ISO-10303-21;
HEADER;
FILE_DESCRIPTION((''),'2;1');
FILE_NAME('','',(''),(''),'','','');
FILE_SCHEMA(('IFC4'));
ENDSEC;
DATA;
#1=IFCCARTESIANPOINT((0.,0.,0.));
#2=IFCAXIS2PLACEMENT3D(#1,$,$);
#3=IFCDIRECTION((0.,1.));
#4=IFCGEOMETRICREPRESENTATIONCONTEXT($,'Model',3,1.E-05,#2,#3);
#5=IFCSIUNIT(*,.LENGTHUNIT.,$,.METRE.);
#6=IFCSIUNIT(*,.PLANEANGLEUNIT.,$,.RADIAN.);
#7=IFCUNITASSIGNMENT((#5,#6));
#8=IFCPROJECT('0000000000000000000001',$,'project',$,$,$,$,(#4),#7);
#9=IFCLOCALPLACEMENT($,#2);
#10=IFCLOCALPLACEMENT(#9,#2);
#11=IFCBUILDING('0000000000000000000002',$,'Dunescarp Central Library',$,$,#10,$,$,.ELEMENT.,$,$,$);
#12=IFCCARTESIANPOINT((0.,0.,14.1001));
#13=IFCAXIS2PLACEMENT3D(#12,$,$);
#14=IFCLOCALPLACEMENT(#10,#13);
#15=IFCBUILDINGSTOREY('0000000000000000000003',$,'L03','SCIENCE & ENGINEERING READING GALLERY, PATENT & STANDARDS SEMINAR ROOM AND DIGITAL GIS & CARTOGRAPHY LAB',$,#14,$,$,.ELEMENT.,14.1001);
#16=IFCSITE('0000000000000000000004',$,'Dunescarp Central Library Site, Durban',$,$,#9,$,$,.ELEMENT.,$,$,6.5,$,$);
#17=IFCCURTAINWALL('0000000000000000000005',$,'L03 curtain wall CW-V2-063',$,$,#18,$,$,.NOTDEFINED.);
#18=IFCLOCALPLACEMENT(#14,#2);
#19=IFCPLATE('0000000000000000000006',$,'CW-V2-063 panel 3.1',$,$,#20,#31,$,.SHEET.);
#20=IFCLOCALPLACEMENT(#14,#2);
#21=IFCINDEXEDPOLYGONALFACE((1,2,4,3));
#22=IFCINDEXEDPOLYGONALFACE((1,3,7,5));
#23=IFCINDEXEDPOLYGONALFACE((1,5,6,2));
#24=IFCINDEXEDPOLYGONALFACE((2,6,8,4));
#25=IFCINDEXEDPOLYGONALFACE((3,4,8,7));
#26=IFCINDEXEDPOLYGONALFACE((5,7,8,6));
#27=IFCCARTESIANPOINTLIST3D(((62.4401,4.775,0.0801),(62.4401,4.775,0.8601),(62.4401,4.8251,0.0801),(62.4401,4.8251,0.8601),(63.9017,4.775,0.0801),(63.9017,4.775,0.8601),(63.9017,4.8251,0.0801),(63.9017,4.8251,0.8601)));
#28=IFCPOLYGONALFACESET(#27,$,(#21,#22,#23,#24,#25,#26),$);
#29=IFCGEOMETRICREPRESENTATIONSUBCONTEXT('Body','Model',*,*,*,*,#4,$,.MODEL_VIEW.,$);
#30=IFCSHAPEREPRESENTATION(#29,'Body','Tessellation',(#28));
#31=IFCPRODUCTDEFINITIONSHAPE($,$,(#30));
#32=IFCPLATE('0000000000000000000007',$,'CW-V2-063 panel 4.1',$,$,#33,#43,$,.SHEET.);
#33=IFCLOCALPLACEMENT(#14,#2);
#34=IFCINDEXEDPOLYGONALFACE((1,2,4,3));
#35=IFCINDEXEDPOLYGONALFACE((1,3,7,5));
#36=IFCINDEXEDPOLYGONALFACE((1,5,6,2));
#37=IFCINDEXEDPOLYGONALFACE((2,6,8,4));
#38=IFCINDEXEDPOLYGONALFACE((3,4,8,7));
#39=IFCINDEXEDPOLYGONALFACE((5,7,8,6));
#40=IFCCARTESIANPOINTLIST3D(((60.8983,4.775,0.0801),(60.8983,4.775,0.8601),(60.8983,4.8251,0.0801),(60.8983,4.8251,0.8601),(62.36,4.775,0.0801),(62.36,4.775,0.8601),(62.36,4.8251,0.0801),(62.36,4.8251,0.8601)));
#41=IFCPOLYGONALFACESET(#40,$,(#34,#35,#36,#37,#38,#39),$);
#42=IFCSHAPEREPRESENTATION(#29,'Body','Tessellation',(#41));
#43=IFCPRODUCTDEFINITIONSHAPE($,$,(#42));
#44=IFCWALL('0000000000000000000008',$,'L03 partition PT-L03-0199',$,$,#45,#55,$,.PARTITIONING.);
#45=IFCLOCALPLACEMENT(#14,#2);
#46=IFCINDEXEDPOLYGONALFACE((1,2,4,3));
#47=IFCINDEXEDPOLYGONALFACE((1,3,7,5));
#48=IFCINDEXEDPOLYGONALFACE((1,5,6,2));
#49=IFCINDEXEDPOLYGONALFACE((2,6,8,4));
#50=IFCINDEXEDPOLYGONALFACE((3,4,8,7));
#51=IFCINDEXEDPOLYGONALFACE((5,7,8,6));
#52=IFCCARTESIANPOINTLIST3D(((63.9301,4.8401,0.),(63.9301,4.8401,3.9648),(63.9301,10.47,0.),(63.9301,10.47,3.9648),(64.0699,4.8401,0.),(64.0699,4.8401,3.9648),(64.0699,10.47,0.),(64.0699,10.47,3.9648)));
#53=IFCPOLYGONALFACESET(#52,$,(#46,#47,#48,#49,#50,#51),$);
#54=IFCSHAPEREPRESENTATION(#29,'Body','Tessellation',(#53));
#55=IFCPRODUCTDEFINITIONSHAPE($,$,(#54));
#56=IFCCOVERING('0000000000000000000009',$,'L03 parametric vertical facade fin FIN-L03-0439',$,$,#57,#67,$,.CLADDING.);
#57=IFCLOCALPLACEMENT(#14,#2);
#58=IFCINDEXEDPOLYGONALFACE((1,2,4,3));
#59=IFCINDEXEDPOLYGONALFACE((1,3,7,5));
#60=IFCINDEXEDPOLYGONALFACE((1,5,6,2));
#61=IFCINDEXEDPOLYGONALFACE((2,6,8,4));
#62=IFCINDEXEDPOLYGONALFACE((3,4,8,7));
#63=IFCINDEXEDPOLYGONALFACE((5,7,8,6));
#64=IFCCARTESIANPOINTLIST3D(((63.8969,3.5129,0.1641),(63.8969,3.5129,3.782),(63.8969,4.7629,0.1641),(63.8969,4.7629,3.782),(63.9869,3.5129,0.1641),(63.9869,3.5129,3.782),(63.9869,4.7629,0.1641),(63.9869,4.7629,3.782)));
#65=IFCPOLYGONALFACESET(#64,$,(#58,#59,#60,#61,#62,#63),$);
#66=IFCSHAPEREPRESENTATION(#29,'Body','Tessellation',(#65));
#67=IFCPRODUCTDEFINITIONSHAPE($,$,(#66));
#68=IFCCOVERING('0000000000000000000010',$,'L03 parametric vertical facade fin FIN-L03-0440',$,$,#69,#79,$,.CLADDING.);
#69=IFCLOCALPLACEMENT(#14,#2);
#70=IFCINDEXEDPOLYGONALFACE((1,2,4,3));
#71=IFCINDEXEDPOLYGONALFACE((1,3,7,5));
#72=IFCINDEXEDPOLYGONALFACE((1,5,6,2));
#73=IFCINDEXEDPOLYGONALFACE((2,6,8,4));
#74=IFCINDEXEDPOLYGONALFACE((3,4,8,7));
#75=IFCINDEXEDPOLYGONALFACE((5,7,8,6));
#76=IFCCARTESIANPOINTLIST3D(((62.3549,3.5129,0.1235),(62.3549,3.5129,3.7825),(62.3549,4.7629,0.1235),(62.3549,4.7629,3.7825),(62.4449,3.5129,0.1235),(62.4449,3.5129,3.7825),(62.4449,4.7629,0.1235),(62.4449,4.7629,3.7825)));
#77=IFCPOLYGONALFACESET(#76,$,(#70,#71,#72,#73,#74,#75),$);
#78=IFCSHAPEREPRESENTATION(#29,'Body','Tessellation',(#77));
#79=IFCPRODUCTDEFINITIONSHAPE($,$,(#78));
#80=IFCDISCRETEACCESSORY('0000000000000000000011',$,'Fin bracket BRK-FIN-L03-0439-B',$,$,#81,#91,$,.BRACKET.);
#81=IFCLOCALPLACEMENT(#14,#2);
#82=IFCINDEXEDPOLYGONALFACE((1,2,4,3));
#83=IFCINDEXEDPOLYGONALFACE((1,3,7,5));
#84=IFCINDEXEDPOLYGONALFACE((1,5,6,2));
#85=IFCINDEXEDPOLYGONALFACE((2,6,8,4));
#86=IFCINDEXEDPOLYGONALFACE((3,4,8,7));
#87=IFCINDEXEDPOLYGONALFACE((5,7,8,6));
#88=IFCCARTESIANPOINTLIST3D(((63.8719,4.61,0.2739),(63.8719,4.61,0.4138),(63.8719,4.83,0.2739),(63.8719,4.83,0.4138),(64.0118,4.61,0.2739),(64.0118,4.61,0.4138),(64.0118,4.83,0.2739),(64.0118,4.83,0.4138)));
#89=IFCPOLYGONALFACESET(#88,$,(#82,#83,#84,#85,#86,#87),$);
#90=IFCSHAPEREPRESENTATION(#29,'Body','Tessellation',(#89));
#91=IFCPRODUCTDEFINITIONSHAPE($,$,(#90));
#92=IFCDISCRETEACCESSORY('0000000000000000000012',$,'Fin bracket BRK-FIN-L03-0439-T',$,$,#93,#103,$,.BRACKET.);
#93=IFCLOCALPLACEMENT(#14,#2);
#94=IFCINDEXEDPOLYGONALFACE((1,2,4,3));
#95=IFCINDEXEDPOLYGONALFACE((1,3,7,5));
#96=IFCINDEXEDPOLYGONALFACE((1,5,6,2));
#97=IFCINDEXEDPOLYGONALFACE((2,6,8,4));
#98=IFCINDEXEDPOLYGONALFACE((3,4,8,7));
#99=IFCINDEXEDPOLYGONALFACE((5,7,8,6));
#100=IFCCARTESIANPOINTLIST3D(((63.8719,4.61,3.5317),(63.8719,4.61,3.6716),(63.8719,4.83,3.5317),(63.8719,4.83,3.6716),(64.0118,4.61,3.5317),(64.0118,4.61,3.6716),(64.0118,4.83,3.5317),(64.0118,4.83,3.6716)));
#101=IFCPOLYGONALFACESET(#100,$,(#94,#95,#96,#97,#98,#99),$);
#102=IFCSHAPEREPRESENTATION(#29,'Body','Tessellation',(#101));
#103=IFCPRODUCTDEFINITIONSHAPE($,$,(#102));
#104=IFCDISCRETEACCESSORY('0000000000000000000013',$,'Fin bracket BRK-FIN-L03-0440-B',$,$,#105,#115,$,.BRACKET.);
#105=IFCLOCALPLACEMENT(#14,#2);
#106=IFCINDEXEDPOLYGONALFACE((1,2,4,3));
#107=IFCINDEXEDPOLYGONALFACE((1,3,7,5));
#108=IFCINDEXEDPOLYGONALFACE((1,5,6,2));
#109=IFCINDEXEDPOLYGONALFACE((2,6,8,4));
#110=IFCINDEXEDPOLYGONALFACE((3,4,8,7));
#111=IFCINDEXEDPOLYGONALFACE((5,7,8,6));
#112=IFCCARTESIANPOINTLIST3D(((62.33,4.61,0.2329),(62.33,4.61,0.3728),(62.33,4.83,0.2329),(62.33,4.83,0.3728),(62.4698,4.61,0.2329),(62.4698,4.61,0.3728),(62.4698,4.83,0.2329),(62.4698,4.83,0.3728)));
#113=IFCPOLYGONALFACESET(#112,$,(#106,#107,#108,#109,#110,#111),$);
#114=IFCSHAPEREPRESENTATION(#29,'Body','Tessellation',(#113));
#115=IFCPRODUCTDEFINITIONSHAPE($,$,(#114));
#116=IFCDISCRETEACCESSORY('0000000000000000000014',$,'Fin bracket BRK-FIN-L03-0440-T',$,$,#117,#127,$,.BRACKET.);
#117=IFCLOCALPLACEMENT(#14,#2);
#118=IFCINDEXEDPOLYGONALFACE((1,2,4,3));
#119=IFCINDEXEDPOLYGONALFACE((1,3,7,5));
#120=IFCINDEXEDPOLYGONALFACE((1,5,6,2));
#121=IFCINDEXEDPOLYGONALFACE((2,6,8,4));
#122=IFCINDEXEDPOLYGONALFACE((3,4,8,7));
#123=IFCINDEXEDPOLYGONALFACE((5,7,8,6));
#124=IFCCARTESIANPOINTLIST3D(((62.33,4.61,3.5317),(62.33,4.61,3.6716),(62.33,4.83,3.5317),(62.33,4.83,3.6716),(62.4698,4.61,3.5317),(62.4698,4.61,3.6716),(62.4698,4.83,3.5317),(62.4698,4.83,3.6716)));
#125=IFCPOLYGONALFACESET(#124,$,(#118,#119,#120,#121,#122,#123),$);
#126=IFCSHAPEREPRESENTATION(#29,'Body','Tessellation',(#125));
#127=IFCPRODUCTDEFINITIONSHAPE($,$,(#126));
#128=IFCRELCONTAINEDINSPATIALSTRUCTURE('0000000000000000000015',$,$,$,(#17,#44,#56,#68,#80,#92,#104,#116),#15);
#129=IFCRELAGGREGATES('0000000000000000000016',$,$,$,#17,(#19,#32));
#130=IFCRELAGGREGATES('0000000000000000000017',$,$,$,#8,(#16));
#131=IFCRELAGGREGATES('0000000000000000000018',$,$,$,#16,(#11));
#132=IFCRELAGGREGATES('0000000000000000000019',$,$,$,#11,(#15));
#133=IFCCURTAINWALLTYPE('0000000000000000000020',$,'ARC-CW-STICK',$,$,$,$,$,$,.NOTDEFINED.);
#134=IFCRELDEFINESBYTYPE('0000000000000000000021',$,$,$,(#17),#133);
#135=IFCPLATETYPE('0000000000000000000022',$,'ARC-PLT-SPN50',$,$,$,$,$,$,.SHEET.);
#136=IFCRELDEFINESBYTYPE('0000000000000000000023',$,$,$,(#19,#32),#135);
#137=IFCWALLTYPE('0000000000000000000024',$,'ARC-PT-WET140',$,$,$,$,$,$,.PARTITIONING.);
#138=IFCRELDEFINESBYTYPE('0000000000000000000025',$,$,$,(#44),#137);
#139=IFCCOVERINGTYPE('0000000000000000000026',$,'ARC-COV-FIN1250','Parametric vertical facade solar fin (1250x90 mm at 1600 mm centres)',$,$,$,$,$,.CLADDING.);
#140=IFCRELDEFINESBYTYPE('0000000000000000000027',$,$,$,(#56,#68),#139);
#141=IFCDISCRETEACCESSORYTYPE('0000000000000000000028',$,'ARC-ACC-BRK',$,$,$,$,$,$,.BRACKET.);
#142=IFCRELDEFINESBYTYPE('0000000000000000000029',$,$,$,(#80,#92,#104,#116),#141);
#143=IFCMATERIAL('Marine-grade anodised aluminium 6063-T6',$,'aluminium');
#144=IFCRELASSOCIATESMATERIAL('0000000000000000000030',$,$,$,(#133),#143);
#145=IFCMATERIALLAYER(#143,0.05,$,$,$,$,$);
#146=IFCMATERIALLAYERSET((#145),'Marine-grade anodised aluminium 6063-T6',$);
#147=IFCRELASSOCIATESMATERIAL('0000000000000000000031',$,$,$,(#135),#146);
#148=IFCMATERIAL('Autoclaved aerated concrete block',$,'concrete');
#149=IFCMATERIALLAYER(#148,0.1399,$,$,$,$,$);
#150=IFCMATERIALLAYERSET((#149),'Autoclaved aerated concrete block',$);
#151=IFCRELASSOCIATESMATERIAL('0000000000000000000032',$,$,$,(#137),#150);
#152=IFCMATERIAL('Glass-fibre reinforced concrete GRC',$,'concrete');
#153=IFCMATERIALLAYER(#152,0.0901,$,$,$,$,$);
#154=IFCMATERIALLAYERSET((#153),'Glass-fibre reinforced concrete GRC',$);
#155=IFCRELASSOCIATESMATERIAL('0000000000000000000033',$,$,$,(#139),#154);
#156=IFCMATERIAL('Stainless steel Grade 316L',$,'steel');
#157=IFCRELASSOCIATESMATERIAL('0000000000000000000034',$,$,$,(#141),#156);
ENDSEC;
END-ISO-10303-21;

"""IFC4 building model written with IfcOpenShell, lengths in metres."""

from ifc_helpers import new_model, si_unit, direction, frame, frame_2d, origin, origin_2d, place, context, subcontext, project, spatial, rectangle, extrude, material, layer, layer_set, type_object, element, aggregate, save


model = new_model("IFC4")

# Units and contexts
model_context = context("Model", 3, precision=1e-05, world=origin(), true_north=direction((0.0, 1.0)))
body_context = subcontext(model_context, "Body", "Model", "MODEL_VIEW")
ifc_project = project(units=[si_unit("LENGTHUNIT", "METRE"), si_unit("PLANEANGLEUNIT", "RADIAN")], contexts=[model_context])

# Site, building, storey
site_placement = place(None, origin())
site = spatial("IfcSite", under=ifc_project, at=site_placement, Name="Dunescarp Central Library Site, Durban", CompositionType="ELEMENT", RefElevation=6.5)
building_placement = place(site_placement, origin())
building = spatial("IfcBuilding", under=site, at=building_placement, Name="Dunescarp Central Library", CompositionType="ELEMENT")
storey_placement = place(building_placement, frame((0.0, 0.0, 14.1001)))
storey = spatial("IfcBuildingStorey", under=building, at=storey_placement, Name="L03", Description="SCIENCE & ENGINEERING READING GALLERY, PATENT & STANDARDS SEMINAR ROOM AND DIGITAL GIS & CARTOGRAPHY LAB", CompositionType="ELEMENT", Elevation=14.1001)

# Curtain wall
ifc_material_1 = material(Name="Marine-grade anodised aluminium 6063-T6", Category="aluminium")
curtain_wall_type = type_object("IfcCurtainWallType", Name="ARC-CW-STICK", PredefinedType="NOTDEFINED", material=ifc_material_1)
curtain_wall_placement = place(storey_placement, origin())
curtain_wall = element("IfcCurtainWall", 1, at=curtain_wall_placement, inside=storey, type_object=curtain_wall_type, Name="L03 curtain wall CW-V2-063", PredefinedType="NOTDEFINED")

# Plates
ifc_layer_1 = layer(ifc_material_1, 0.05)
ifc_layer_set_1 = layer_set([ifc_layer_1], Name="Marine-grade anodised aluminium 6063-T6")
plate_type_1 = type_object("IfcPlateType", Name="ARC-PLT-SPN50", PredefinedType="SHEET", material=ifc_layer_set_1)
plate_1_placement = place(storey_placement, frame((63.1709, 4.8, 0.0801), z_axis=(0.0, 0.0, 1.0), x_axis=(-1.0, 0.0, 0.0)))
plate_1 = element("IfcPlate", 2, at=plate_1_placement, type_object=plate_type_1, Name="CW-V2-063 panel 3.1", PredefinedType="SHEET", context=body_context, shape_type="SweptSolid", body=[
    extrude(rectangle(XDim=1.4617, YDim=0.05, at=origin_2d()), origin(), (0.0, 0.0, 1.0), 0.78),
])
plate_2_placement = place(storey_placement, frame((61.6292, 4.8, 0.0801), z_axis=(0.0, 0.0, 1.0), x_axis=(-1.0, 0.0, 0.0)))
plate_2 = element("IfcPlate", 3, at=plate_2_placement, type_object=plate_type_1, Name="CW-V2-063 panel 4.1", PredefinedType="SHEET", context=body_context, shape_type="SweptSolid", body=[
    extrude(rectangle(XDim=1.4617, YDim=0.05, at=origin_2d()), origin(), (0.0, 0.0, 1.0), 0.78),
])
aggregate(curtain_wall, [plate_1, plate_2])

# Wall
ifc_material_2 = material(Name="Autoclaved aerated concrete block", Category="concrete")
ifc_layer_2 = layer(ifc_material_2, 0.1399)
ifc_layer_set_2 = layer_set([ifc_layer_2], Name="Autoclaved aerated concrete block")
wall_type = type_object("IfcWallType", Name="ARC-PT-WET140", PredefinedType="PARTITIONING", material=ifc_layer_set_2)
wall_placement = place(storey_placement, frame((64.0, 4.8401, 0.0), z_axis=(0.0, 0.0, 1.0), x_axis=(0.0, 1.0, 0.0)))
element("IfcWall", 4, at=wall_placement, inside=storey, type_object=wall_type, Name="L03 partition PT-L03-0199", PredefinedType="PARTITIONING", context=body_context, shape_type="SweptSolid", body=[
    extrude(rectangle(XDim=5.6299, YDim=0.1399, at=frame_2d((2.8149, 0.0))), origin(), (0.0, 0.0, 1.0), 3.9648),
])

# Coverings
ifc_material_3 = material(Name="Glass-fibre reinforced concrete GRC", Category="concrete")
ifc_layer_3 = layer(ifc_material_3, 0.0901)
ifc_layer_set_3 = layer_set([ifc_layer_3], Name="Glass-fibre reinforced concrete GRC")
covering_type = type_object("IfcCoveringType", Name="ARC-COV-FIN1250", Description="Parametric vertical facade solar fin (1250x90 mm at 1600 mm centres)", PredefinedType="CLADDING", material=ifc_layer_set_3)
covering_1_placement = place(storey_placement, frame((63.9419, 4.1379, 0.1641), z_axis=(0.0, 0.0, 1.0), x_axis=(0.0, -1.0, 0.0)))
element("IfcCovering", 5, at=covering_1_placement, inside=storey, type_object=covering_type, Name="L03 parametric vertical facade fin FIN-L03-0439", PredefinedType="CLADDING", context=body_context, shape_type="SweptSolid", body=[
    extrude(rectangle(XDim=1.25, YDim=0.0901, at=origin_2d()), origin(), (0.0, 0.0, 1.0), 3.6179),
])
covering_2_placement = place(storey_placement, frame((62.3999, 4.1379, 0.1235), z_axis=(0.0, 0.0, 1.0), x_axis=(0.0, -1.0, 0.0)))
element("IfcCovering", 6, at=covering_2_placement, inside=storey, type_object=covering_type, Name="L03 parametric vertical facade fin FIN-L03-0440", PredefinedType="CLADDING", context=body_context, shape_type="SweptSolid", body=[
    extrude(rectangle(XDim=1.25, YDim=0.0901, at=origin_2d()), origin(), (0.0, 0.0, 1.0), 3.6589),
])

# Discrete accessories
ifc_material_4 = material(Name="Stainless steel Grade 316L", Category="steel")
discrete_accessory_type = type_object("IfcDiscreteAccessoryType", Name="ARC-ACC-BRK", PredefinedType="BRACKET", material=ifc_material_4)
for number, where, z_axis, x_axis, name in (
    (7, (63.9419, 4.72, 0.2739), (0.0, 0.0, 1.0), (0.0, -1.0, 0.0), "Fin bracket BRK-FIN-L03-0439-B"),
    (8, (63.9419, 4.72, 3.5317), (0.0, 0.0, 1.0), (0.0, -1.0, 0.0), "Fin bracket BRK-FIN-L03-0439-T"),
    (9, (62.3999, 4.72, 0.2329), (0.0, 0.0, 1.0), (0.0, -1.0, 0.0), "Fin bracket BRK-FIN-L03-0440-B"),
    (10, (62.3999, 4.72, 3.5317), (0.0, 0.0, 1.0), (0.0, -1.0, 0.0), "Fin bracket BRK-FIN-L03-0440-T"),
):
    element("IfcDiscreteAccessory", number, at=place(storey_placement, frame(where, z_axis=z_axis, x_axis=x_axis)), inside=storey, type_object=discrete_accessory_type, Name=name, PredefinedType="BRACKET", context=body_context, shape_type="SweptSolid", body=[
        extrude(rectangle(XDim=0.22, YDim=0.1399, at=origin_2d()), origin(), (0.0, 0.0, 1.0), 0.1399),
    ])

save(model, "model.ifc")
